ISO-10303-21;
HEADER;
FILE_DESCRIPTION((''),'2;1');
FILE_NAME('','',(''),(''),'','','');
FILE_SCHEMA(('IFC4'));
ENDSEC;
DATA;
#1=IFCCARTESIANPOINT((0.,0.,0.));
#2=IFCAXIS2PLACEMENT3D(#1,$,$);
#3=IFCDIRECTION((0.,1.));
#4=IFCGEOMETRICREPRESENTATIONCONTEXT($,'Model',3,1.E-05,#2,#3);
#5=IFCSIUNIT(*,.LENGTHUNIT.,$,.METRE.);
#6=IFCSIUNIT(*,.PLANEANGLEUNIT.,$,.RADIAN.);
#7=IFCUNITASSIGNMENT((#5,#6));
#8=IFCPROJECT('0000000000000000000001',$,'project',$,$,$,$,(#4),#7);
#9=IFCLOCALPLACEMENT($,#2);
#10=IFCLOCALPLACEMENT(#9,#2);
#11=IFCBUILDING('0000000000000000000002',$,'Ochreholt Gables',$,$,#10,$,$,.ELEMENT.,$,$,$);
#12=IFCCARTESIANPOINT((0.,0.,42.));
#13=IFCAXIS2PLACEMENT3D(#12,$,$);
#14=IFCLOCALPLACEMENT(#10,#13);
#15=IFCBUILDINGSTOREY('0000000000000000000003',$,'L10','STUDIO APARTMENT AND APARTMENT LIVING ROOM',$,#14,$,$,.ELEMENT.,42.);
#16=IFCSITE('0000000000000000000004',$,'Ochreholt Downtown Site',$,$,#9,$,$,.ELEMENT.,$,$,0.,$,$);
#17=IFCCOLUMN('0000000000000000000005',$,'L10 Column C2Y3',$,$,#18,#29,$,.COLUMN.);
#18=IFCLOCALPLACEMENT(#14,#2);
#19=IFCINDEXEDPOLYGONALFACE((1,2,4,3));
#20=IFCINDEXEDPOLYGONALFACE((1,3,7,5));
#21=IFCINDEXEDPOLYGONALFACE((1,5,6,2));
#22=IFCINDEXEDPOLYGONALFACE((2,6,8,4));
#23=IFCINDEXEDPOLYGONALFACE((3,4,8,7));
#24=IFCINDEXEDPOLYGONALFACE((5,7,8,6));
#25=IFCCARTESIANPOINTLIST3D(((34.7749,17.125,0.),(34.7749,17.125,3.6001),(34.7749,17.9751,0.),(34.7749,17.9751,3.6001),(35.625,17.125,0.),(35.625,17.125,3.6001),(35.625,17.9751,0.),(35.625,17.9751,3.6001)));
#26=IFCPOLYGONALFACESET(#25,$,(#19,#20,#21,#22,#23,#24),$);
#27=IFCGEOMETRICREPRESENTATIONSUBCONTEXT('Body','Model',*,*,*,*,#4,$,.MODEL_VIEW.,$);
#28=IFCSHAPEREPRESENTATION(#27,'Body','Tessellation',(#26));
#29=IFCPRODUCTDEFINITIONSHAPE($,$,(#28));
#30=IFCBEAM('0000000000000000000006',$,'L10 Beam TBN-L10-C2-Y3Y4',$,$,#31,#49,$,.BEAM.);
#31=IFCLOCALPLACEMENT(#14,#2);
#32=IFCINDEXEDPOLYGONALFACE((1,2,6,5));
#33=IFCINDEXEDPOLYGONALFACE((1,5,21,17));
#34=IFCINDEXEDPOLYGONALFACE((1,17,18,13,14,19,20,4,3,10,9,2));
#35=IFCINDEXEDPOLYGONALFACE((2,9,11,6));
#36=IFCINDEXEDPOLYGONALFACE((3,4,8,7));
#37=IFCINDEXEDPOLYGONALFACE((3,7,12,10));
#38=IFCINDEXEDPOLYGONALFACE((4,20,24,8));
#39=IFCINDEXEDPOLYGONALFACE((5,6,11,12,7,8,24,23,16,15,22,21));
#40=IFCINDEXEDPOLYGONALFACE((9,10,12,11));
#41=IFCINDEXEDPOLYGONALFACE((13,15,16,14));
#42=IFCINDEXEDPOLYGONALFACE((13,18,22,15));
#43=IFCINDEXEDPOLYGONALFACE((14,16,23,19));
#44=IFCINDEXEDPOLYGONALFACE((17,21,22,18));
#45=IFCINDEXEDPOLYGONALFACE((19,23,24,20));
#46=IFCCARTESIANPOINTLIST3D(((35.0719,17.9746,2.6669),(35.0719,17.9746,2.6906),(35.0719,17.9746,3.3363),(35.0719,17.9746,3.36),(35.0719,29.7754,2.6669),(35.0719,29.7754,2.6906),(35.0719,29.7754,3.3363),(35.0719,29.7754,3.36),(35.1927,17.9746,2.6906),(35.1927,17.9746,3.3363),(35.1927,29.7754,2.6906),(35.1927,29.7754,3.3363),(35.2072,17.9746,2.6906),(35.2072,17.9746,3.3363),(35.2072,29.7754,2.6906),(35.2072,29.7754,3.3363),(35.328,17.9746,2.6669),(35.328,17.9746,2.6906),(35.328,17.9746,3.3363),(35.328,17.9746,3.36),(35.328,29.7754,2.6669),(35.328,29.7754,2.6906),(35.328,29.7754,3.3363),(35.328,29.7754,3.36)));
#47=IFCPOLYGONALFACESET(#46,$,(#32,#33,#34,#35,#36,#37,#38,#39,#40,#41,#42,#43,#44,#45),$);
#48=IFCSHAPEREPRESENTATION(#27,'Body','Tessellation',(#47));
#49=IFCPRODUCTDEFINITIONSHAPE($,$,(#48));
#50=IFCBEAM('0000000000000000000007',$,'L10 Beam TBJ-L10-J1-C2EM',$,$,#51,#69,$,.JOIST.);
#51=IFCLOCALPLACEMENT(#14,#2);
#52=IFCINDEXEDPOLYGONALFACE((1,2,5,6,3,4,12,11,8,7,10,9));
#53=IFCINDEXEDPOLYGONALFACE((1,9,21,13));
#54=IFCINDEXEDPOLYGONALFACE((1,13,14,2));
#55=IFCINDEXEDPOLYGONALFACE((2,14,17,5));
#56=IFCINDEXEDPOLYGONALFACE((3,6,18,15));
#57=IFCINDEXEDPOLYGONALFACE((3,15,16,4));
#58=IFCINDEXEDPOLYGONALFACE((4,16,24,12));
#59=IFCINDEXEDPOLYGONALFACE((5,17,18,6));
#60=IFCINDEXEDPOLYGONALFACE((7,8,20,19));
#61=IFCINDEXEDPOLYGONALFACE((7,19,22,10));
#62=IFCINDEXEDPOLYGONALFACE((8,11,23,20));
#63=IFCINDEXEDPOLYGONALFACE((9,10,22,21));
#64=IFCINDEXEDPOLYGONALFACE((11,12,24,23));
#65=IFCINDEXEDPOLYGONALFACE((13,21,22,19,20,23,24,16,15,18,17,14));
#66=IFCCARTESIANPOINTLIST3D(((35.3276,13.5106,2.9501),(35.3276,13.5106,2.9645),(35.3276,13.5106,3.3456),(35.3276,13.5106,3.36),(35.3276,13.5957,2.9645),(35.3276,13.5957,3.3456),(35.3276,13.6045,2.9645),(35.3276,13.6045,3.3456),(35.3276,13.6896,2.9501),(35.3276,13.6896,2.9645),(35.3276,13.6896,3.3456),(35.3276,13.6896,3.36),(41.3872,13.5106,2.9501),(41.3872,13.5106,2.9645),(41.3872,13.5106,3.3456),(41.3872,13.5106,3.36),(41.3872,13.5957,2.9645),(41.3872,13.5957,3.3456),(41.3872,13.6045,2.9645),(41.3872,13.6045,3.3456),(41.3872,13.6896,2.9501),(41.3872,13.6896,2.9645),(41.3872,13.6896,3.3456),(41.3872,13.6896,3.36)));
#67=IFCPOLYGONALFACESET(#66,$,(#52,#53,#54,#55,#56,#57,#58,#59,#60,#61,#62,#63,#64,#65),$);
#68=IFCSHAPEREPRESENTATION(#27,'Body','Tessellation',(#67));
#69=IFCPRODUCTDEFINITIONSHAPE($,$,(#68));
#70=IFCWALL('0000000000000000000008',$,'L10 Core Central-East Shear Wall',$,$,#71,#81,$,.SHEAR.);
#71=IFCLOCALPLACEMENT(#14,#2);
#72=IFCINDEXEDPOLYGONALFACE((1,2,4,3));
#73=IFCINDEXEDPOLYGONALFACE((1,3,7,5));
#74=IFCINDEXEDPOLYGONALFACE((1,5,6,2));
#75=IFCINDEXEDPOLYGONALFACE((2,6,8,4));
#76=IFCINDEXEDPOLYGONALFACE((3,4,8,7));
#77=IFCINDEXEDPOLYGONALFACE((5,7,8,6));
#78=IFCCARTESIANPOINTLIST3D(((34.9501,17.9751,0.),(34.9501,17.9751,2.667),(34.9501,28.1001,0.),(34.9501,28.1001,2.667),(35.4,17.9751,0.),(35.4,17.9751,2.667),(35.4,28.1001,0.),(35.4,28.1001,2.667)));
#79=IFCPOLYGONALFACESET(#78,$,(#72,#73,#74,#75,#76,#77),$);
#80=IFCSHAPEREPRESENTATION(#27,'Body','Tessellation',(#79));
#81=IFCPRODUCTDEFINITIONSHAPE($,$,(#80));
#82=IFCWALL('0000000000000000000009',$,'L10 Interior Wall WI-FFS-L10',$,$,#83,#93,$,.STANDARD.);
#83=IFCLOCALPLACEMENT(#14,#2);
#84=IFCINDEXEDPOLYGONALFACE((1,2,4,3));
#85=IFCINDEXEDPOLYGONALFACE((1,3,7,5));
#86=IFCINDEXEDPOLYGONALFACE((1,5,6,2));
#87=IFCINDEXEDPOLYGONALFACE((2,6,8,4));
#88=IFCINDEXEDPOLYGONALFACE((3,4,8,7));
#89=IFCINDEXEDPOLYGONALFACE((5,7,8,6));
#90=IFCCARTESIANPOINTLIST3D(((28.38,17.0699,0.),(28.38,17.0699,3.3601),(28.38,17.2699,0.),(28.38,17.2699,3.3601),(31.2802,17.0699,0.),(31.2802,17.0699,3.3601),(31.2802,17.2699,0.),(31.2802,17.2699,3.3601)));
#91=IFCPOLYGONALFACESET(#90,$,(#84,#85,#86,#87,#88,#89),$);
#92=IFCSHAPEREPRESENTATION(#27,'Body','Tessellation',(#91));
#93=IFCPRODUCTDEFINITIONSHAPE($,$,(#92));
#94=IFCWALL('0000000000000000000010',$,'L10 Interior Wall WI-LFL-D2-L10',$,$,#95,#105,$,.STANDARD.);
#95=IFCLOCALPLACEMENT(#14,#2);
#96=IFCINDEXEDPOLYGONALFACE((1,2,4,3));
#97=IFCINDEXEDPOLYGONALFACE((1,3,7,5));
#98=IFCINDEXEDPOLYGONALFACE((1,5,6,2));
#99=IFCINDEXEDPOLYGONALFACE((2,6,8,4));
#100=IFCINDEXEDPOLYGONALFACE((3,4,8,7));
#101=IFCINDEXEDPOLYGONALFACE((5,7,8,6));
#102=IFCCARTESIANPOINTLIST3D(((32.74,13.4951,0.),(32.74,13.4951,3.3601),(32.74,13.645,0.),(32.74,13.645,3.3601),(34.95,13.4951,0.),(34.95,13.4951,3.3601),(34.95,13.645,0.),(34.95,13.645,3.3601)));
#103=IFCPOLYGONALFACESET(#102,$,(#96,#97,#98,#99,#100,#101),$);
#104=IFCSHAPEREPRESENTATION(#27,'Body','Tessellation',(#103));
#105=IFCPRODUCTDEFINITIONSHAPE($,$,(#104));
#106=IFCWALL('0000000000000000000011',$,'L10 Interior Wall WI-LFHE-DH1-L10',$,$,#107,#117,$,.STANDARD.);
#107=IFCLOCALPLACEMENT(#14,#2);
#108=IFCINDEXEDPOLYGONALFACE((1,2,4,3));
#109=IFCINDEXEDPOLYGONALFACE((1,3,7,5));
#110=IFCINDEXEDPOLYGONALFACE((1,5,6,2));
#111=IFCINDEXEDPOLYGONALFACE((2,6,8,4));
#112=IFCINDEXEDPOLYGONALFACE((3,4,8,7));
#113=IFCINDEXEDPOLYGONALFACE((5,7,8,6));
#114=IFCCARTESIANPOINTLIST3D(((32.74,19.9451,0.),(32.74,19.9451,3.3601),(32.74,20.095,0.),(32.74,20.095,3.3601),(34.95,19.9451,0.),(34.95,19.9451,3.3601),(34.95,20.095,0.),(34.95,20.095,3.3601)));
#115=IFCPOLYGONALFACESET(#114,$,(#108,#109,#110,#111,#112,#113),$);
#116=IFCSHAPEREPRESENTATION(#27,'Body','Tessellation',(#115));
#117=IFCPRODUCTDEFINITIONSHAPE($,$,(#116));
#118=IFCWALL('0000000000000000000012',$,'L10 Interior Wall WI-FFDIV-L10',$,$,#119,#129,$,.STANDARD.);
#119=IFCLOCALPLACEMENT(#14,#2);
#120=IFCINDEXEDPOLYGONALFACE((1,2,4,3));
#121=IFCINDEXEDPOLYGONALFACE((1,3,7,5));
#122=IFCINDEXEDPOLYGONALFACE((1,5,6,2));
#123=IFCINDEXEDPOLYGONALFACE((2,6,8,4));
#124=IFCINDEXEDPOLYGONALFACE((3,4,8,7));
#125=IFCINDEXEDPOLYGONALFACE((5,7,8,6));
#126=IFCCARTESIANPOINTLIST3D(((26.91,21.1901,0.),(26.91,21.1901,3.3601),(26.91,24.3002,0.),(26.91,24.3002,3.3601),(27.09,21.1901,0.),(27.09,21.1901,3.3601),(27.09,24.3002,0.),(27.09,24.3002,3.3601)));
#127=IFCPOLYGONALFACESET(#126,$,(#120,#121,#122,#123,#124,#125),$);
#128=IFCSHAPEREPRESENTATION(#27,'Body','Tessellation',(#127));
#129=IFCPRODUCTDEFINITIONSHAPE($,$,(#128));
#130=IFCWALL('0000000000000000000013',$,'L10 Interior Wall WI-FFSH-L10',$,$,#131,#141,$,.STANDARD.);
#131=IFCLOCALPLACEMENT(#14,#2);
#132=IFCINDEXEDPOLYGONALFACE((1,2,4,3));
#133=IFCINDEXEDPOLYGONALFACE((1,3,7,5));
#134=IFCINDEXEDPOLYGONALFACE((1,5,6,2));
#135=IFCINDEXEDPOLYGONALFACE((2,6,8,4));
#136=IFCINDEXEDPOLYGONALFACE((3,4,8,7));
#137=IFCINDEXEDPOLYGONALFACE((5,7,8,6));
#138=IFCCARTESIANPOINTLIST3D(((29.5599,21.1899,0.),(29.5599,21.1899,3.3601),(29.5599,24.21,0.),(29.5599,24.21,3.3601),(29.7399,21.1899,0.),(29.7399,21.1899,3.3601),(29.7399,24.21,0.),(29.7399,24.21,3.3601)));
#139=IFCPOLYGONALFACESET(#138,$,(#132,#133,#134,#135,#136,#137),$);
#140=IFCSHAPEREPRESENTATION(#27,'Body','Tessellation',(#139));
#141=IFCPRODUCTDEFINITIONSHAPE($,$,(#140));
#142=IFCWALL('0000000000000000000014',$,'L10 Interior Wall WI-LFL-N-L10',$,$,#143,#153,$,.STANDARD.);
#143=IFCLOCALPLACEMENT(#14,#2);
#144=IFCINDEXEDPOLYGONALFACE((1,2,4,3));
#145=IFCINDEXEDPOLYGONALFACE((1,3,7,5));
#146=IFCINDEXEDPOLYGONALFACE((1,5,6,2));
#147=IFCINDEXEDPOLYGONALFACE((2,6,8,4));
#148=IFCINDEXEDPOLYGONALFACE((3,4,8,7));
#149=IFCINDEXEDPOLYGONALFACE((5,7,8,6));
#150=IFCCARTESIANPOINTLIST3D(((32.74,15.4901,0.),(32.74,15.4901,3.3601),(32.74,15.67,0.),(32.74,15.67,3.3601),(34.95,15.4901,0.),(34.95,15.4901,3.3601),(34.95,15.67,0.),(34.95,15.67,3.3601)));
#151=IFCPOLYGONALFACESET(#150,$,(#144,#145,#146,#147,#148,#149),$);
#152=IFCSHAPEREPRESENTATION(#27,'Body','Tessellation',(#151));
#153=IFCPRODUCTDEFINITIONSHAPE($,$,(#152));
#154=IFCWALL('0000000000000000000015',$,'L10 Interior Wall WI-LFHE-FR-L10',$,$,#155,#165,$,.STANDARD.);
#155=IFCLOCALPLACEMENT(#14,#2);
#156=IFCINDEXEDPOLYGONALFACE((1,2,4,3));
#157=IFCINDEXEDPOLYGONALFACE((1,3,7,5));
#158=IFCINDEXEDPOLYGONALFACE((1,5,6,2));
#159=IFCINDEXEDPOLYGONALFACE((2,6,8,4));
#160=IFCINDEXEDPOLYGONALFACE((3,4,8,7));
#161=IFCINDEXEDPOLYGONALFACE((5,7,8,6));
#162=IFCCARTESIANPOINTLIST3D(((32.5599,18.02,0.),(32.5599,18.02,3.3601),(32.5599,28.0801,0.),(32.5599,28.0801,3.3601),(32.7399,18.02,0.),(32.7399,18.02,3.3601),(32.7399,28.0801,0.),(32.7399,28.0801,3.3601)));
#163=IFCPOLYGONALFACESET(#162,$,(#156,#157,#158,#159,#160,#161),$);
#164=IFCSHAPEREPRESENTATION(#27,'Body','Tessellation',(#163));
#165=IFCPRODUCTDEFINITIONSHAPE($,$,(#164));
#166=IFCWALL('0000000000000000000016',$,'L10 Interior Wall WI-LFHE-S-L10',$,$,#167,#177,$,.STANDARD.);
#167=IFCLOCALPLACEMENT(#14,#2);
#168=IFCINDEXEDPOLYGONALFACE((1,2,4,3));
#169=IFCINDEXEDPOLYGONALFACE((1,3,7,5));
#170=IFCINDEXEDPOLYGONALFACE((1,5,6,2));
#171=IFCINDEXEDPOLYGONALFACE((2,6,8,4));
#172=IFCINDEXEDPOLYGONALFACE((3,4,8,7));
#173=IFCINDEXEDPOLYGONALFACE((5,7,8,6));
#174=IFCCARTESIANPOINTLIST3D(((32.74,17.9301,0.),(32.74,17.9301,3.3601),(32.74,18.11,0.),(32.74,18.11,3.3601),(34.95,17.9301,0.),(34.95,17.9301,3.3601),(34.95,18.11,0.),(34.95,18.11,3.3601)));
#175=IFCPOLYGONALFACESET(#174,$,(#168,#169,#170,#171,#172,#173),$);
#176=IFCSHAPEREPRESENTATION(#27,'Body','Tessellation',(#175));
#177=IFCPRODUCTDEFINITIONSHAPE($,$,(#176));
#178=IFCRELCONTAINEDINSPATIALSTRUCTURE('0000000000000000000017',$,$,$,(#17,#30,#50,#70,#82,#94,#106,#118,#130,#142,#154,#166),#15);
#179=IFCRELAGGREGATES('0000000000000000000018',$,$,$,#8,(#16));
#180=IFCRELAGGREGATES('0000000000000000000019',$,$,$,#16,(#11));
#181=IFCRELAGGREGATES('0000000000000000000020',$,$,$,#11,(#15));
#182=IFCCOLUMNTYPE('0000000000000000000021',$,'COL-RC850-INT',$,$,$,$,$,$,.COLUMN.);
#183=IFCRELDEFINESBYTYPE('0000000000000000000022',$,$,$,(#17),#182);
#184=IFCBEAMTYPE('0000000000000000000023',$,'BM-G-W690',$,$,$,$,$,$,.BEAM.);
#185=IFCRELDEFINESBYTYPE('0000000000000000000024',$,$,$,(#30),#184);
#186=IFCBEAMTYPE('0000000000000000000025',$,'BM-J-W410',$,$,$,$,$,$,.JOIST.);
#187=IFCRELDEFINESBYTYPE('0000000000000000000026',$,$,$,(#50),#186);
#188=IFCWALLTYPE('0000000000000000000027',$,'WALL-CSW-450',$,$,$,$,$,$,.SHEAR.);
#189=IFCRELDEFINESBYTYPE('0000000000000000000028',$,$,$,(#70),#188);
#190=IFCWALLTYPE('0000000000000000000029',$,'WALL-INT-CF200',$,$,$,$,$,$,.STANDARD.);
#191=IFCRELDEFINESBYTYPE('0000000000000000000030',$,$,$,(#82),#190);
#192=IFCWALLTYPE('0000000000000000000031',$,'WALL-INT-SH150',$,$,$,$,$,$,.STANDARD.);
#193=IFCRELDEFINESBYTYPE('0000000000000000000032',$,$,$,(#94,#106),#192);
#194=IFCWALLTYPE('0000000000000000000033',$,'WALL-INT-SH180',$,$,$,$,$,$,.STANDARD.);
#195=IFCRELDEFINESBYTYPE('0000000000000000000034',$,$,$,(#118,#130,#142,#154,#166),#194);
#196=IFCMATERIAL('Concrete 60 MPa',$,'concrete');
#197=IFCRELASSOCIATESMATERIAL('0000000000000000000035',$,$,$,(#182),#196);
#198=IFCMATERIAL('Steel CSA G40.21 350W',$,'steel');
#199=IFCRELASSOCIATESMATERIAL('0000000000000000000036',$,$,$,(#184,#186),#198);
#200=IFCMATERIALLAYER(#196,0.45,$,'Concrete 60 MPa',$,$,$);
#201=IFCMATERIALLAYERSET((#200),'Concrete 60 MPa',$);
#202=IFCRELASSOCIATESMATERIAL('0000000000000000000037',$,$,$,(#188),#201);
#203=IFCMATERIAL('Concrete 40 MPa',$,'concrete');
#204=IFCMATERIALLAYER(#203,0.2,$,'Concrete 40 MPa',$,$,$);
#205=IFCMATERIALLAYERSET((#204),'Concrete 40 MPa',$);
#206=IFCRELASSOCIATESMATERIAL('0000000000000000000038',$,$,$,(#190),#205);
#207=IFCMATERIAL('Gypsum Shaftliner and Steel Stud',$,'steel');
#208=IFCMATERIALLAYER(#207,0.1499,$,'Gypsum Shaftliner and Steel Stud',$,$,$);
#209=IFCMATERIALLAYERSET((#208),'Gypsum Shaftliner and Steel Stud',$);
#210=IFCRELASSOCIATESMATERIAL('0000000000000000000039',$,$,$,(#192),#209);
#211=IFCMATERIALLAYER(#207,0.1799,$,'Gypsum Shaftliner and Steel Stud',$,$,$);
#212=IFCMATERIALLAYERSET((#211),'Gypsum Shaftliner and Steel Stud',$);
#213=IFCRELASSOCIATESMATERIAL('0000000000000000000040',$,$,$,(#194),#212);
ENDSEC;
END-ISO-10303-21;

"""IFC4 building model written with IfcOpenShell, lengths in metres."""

from ifc_helpers import new_model, si_unit, direction, frame, frame_2d, origin, origin_2d, place, context, subcontext, project, spatial, rectangle, i_section, extrude, material, layer, layer_set, material_profile, profile_set, type_object, element, save


model = new_model("IFC4")

# Units and contexts
model_context = context("Model", 3, precision=1e-05, world=origin(), true_north=direction((0.0, 1.0)))
body_context = subcontext(model_context, "Body", "Model", "MODEL_VIEW")
ifc_project = project(units=[si_unit("LENGTHUNIT", "METRE"), si_unit("PLANEANGLEUNIT", "RADIAN")], contexts=[model_context])

# Site, building, storey
site_placement = place(None, origin())
site = spatial("IfcSite", under=ifc_project, at=site_placement, Name="Ochreholt Downtown Site", CompositionType="ELEMENT", RefElevation=0.0)
building_placement = place(site_placement, origin())
building = spatial("IfcBuilding", under=site, at=building_placement, Name="Ochreholt Gables", CompositionType="ELEMENT")
storey_placement = place(building_placement, frame((0.0, 0.0, 42.0)))
storey = spatial("IfcBuildingStorey", under=building, at=storey_placement, Name="L10", Description="STUDIO APARTMENT AND APARTMENT LIVING ROOM", CompositionType="ELEMENT", Elevation=42.0)

# Column
ifc_material_1 = material(Name="Concrete 60 MPa", Category="concrete")
ifc_material_profile_1 = material_profile(ifc_material_1, rectangle(XDim=0.8501, YDim=0.8501, at=origin_2d()), Name="RC850X850")
ifc_profile_set_1 = profile_set([ifc_material_profile_1], Name="Concrete 60 MPa")
column_type = type_object("IfcColumnType", Name="COL-RC850-INT", PredefinedType="COLUMN", material=ifc_profile_set_1)
column_placement = place(storey_placement, frame((35.2, 17.55, 0.0), z_axis=(0.0, 0.0, 1.0), x_axis=(1.0, 0.0, 0.0)))
element("IfcColumn", 1, at=column_placement, inside=storey, type_object=column_type, Name="L10 Column C2Y3", PredefinedType="COLUMN", context=body_context, shape_type="SweptSolid", body=[
    extrude(rectangle(XDim=0.8501, YDim=0.8501, at=origin_2d()), origin(), (0.0, 0.0, 1.0), 3.6001),
])

# Beams
ifc_material_2 = material(Name="Steel CSA G40.21 350W", Category="steel")
ifc_material_profile_2 = material_profile(ifc_material_2, i_section(OverallWidth=0.2561, OverallDepth=0.6931, WebThickness=0.0144, FlangeThickness=0.0237, at=origin_2d()), Name="W690X170")
ifc_profile_set_2 = profile_set([ifc_material_profile_2], Name="Steel CSA G40.21 350W")
beam_type_1 = type_object("IfcBeamType", Name="BM-G-W690", PredefinedType="BEAM", material=ifc_profile_set_2)
beam_1_placement = place(storey_placement, frame((35.2, 17.9746, 3.0134), z_axis=(0.0, 1.0, 0.0), x_axis=(-1.0, 0.0, 0.0)))
element("IfcBeam", 2, at=beam_1_placement, inside=storey, type_object=beam_type_1, Name="L10 Beam TBN-L10-C2-Y3Y4", PredefinedType="BEAM", context=body_context, shape_type="SweptSolid", body=[
    extrude(i_section(OverallWidth=0.2561, OverallDepth=0.6931, WebThickness=0.0144, FlangeThickness=0.0237, at=origin_2d()), origin(), (0.0, 0.0, 1.0), 11.8008),
])
ifc_material_profile_3 = material_profile(ifc_material_2, i_section(OverallWidth=0.179, OverallDepth=0.4099, WebThickness=0.0088, FlangeThickness=0.0144, at=origin_2d()), Name="W410X67")
ifc_profile_set_3 = profile_set([ifc_material_profile_3], Name="Steel CSA G40.21 350W")
beam_type_2 = type_object("IfcBeamType", Name="BM-J-W410", PredefinedType="JOIST", material=ifc_profile_set_3)
beam_2_placement = place(storey_placement, frame((35.3276, 13.6001, 3.155), z_axis=(1.0, 0.0, 0.0), x_axis=(0.0, 1.0, 0.0)))
element("IfcBeam", 3, at=beam_2_placement, inside=storey, type_object=beam_type_2, Name="L10 Beam TBJ-L10-J1-C2EM", PredefinedType="JOIST", context=body_context, shape_type="SweptSolid", body=[
    extrude(i_section(OverallWidth=0.179, OverallDepth=0.4099, WebThickness=0.0088, FlangeThickness=0.0144, at=origin_2d()), origin(), (0.0, 0.0, 1.0), 6.0596),
])

# Walls
ifc_layer_1 = layer(ifc_material_1, 0.45, Name="Concrete 60 MPa")
ifc_layer_set_1 = layer_set([ifc_layer_1], Name="Concrete 60 MPa")
wall_type_1 = type_object("IfcWallType", Name="WALL-CSW-450", PredefinedType="SHEAR", material=ifc_layer_set_1)
wall_1_placement = place(storey_placement, frame((35.175, 17.9751, 0.0), z_axis=(0.0, 0.0, 1.0), x_axis=(0.0, 1.0, 0.0)))
element("IfcWall", 4, at=wall_1_placement, inside=storey, type_object=wall_type_1, Name="L10 Core Central-East Shear Wall", PredefinedType="SHEAR", context=body_context, shape_type="SweptSolid", body=[
    extrude(rectangle(XDim=10.125, YDim=0.45, at=frame_2d((5.0625, 0.0))), origin(), (0.0, 0.0, 1.0), 2.667),
])
ifc_material_3 = material(Name="Concrete 40 MPa", Category="concrete")
ifc_layer_2 = layer(ifc_material_3, 0.2, Name="Concrete 40 MPa")
ifc_layer_set_2 = layer_set([ifc_layer_2], Name="Concrete 40 MPa")
wall_type_2 = type_object("IfcWallType", Name="WALL-INT-CF200", PredefinedType="STANDARD", material=ifc_layer_set_2)
wall_2_placement = place(storey_placement, frame((28.3799, 17.1699, 0.0), z_axis=(0.0, 0.0, 1.0), x_axis=(1.0, 0.0, 0.0)))
element("IfcWall", 5, at=wall_2_placement, inside=storey, type_object=wall_type_2, Name="L10 Interior Wall WI-FFS-L10", PredefinedType="STANDARD", context=body_context, shape_type="SweptSolid", body=[
    extrude(rectangle(XDim=2.9001, YDim=0.2, at=frame_2d((1.4502, 0.0))), origin(), (0.0, 0.0, 1.0), 3.3601),
])

# Walls
ifc_material_4 = material(Name="Gypsum Shaftliner and Steel Stud", Category="steel")
ifc_layer_3 = layer(ifc_material_4, 0.1499, Name="Gypsum Shaftliner and Steel Stud")
ifc_layer_set_3 = layer_set([ifc_layer_3], Name="Gypsum Shaftliner and Steel Stud")
wall_type_3 = type_object("IfcWallType", Name="WALL-INT-SH150", PredefinedType="STANDARD", material=ifc_layer_set_3)
for number, where, z_axis, x_axis, name in (
    (6, (32.74, 13.5701, 0.0), (0.0, 0.0, 1.0), (1.0, 0.0, 0.0), "L10 Interior Wall WI-LFL-D2-L10"),
    (7, (32.74, 20.02, 0.0), (0.0, 0.0, 1.0), (1.0, 0.0, 0.0), "L10 Interior Wall WI-LFHE-DH1-L10"),
):
    element("IfcWall", number, at=place(storey_placement, frame(where, z_axis=z_axis, x_axis=x_axis)), inside=storey, type_object=wall_type_3, Name=name, PredefinedType="STANDARD", context=body_context, shape_type="SweptSolid", body=[
        extrude(rectangle(XDim=2.21, YDim=0.1499, at=frame_2d((1.105, 0.0))), origin(), (0.0, 0.0, 1.0), 3.3601),
    ])
ifc_layer_4 = layer(ifc_material_4, 0.1799, Name="Gypsum Shaftliner and Steel Stud")
ifc_layer_set_4 = layer_set([ifc_layer_4], Name="Gypsum Shaftliner and Steel Stud")
wall_type_4 = type_object("IfcWallType", Name="WALL-INT-SH180", PredefinedType="STANDARD", material=ifc_layer_set_4)
wall_3_placement = place(storey_placement, frame((27.0, 21.1899, 0.0), z_axis=(0.0, 0.0, 1.0), x_axis=(0.0, 1.0, 0.0)))
element("IfcWall", 8, at=wall_3_placement, inside=storey, type_object=wall_type_4, Name="L10 Interior Wall WI-FFDIV-L10", PredefinedType="STANDARD", context=body_context, shape_type="SweptSolid", body=[
    extrude(rectangle(XDim=3.1101, YDim=0.1799, at=frame_2d((1.5552, 0.0))), origin(), (0.0, 0.0, 1.0), 3.3601),
])
wall_4_placement = place(storey_placement, frame((29.6499, 21.1899, 0.0), z_axis=(0.0, 0.0, 1.0), x_axis=(0.0, 1.0, 0.0)))
element("IfcWall", 9, at=wall_4_placement, inside=storey, type_object=wall_type_4, Name="L10 Interior Wall WI-FFSH-L10", PredefinedType="STANDARD", context=body_context, shape_type="SweptSolid", body=[
    extrude(rectangle(XDim=3.02, YDim=0.1799, at=frame_2d((1.51, 0.0))), origin(), (0.0, 0.0, 1.0), 3.3601),
])
wall_5_placement = place(storey_placement, frame((32.74, 15.5801, 0.0), z_axis=(0.0, 0.0, 1.0), x_axis=(1.0, 0.0, 0.0)))
element("IfcWall", 10, at=wall_5_placement, inside=storey, type_object=wall_type_4, Name="L10 Interior Wall WI-LFL-N-L10", PredefinedType="STANDARD", context=body_context, shape_type="SweptSolid", body=[
    extrude(rectangle(XDim=2.21, YDim=0.1799, at=frame_2d((1.105, 0.0))), origin(), (0.0, 0.0, 1.0), 3.3601),
])
wall_6_placement = place(storey_placement, frame((32.6499, 18.02, 0.0), z_axis=(0.0, 0.0, 1.0), x_axis=(0.0, 1.0, 0.0)))
element("IfcWall", 11, at=wall_6_placement, inside=storey, type_object=wall_type_4, Name="L10 Interior Wall WI-LFHE-FR-L10", PredefinedType="STANDARD", context=body_context, shape_type="SweptSolid", body=[
    extrude(rectangle(XDim=10.0601, YDim=0.1799, at=frame_2d((5.03, 0.0))), origin(), (0.0, 0.0, 1.0), 3.3601),
])
wall_7_placement = place(storey_placement, frame((32.74, 18.02, 0.0), z_axis=(0.0, 0.0, 1.0), x_axis=(1.0, 0.0, 0.0)))
element("IfcWall", 12, at=wall_7_placement, inside=storey, type_object=wall_type_4, Name="L10 Interior Wall WI-LFHE-S-L10", PredefinedType="STANDARD", context=body_context, shape_type="SweptSolid", body=[
    extrude(rectangle(XDim=2.21, YDim=0.1799, at=frame_2d((1.105, 0.0))), origin(), (0.0, 0.0, 1.0), 3.3601),
])

save(model, "model.ifc")
